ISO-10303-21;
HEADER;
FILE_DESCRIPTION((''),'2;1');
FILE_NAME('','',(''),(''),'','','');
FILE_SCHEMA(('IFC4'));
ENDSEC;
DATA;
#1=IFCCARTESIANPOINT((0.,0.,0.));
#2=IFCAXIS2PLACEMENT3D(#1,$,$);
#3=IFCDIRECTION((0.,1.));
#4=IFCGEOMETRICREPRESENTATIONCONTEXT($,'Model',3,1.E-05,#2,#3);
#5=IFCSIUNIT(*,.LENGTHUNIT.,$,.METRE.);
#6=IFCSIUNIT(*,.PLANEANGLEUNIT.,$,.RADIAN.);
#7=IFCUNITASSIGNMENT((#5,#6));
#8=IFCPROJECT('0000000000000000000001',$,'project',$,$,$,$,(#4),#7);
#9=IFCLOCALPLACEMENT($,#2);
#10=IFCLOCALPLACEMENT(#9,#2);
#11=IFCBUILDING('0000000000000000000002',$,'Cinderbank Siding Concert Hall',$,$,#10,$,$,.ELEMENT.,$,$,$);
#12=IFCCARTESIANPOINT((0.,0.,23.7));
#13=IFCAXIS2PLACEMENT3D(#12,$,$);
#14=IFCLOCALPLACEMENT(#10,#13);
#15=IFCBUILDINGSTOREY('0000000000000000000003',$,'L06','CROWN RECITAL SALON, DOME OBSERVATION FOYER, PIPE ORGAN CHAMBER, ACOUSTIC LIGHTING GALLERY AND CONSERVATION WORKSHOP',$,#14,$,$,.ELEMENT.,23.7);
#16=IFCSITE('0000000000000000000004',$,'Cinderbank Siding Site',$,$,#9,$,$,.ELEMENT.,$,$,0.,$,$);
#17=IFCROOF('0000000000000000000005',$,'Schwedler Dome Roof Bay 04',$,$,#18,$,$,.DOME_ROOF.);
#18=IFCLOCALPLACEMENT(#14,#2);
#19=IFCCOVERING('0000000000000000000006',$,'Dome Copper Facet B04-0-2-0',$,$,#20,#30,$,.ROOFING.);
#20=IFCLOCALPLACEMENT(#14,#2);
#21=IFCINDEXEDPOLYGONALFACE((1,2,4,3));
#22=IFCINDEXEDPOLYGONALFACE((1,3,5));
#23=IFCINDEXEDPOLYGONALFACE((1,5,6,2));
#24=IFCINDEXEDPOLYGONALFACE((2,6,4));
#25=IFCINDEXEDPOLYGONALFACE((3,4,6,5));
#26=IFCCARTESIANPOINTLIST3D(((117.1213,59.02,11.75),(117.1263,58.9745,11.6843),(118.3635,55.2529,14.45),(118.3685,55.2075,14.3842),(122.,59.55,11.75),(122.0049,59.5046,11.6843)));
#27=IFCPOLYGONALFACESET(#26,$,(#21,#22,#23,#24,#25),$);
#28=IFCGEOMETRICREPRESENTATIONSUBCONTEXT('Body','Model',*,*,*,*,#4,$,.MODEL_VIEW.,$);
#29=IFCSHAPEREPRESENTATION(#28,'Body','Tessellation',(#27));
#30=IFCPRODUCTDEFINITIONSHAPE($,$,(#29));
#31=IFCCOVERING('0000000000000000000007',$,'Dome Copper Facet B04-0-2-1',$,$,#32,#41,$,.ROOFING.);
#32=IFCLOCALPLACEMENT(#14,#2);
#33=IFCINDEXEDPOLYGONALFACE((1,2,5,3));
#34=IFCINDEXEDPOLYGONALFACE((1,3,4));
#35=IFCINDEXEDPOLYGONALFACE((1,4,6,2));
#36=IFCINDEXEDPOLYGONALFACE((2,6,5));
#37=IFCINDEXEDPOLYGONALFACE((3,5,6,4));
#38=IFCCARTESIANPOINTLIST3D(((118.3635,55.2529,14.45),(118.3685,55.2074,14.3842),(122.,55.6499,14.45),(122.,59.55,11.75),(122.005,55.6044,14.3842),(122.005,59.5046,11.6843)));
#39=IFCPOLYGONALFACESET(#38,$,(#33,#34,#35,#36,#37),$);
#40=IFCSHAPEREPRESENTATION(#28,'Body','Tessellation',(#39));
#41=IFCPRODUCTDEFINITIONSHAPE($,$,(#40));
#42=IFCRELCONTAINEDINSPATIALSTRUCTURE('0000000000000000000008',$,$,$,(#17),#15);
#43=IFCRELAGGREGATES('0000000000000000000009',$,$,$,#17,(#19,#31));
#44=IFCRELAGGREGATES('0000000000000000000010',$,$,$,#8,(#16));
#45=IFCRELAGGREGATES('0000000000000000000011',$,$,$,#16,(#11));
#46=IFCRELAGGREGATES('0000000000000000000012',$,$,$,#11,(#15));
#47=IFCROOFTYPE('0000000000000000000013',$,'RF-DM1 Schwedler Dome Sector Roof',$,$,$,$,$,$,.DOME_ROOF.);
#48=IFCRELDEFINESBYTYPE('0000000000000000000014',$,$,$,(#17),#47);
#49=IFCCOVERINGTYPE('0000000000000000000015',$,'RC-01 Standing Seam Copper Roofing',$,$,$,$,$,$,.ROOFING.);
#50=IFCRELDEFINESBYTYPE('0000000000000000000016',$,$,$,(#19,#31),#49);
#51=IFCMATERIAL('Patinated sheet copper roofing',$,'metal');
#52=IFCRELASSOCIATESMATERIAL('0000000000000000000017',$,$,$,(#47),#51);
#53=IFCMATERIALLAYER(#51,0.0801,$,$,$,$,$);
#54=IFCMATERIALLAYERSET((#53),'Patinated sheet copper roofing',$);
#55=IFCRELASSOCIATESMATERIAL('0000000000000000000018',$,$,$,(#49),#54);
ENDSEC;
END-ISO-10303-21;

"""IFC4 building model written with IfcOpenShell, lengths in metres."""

from ifc_helpers import new_model, si_unit, direction, frame, origin, place, context, subcontext, project, spatial, polyline, outline, extrude, material, layer, layer_set, type_object, element, aggregate, save


model = new_model("IFC4")

# Units and contexts
model_context = context("Model", 3, precision=1e-05, world=origin(), true_north=direction((0.0, 1.0)))
body_context = subcontext(model_context, "Body", "Model", "MODEL_VIEW")
ifc_project = project(units=[si_unit("LENGTHUNIT", "METRE"), si_unit("PLANEANGLEUNIT", "RADIAN")], contexts=[model_context])

# Site, building, storey
site_placement = place(None, origin())
site = spatial("IfcSite", under=ifc_project, at=site_placement, Name="Cinderbank Siding Site", CompositionType="ELEMENT", RefElevation=0.0)
building_placement = place(site_placement, origin())
building = spatial("IfcBuilding", under=site, at=building_placement, Name="Cinderbank Siding Concert Hall", CompositionType="ELEMENT")
storey_placement = place(building_placement, frame((0.0, 0.0, 23.7)))
storey = spatial("IfcBuildingStorey", under=building, at=storey_placement, Name="L06", Description="CROWN RECITAL SALON, DOME OBSERVATION FOYER, PIPE ORGAN CHAMBER, ACOUSTIC LIGHTING GALLERY AND CONSERVATION WORKSHOP", CompositionType="ELEMENT", Elevation=23.7)

# Roof, coverings
ifc_material_1 = material(Name="Patinated sheet copper roofing", Category="metal")
roof_type = type_object("IfcRoofType", Name="RF-DM1 Schwedler Dome Sector Roof", PredefinedType="DOME_ROOF", material=ifc_material_1)
roof_placement = place(storey_placement, origin())
roof = element("IfcRoof", 1, at=roof_placement, inside=storey, type_object=roof_type, Name="Schwedler Dome Roof Bay 04", PredefinedType="DOME_ROOF")
ifc_layer_1 = layer(ifc_material_1, 0.0801)
ifc_layer_set_1 = layer_set([ifc_layer_1], Name="Patinated sheet copper roofing")
covering_type = type_object("IfcCoveringType", Name="RC-01 Standing Seam Copper Roofing", PredefinedType="ROOFING", material=ifc_layer_set_1)
covering_1_placement = place(storey_placement, frame((122.0, 59.55, 11.75), z_axis=(-0.0617, 0.567917, 0.82077), x_axis=(-0.99415, -0.108007, 0.0)))
covering_1 = element("IfcCovering", 2, at=covering_1_placement, type_object=covering_type, Name="Dome Copper Facet B04-0-2-0", PredefinedType="ROOFING", context=body_context, shape_type="SweptSolid", body=[
    extrude(outline(polyline([(0.0, 0.0), (4.9074, 0.0), (4.0793, 4.7263), (0.0, 0.0)])), origin(), (0.0, 0.0, -1.0), 0.0801),
])
covering_2_placement = place(storey_placement, frame((122.0, 59.55, 11.75), z_axis=(-0.062015, 0.568093, 0.820624), x_axis=(-0.582459, -0.688276, 0.432455)))
covering_2 = element("IfcCovering", 3, at=covering_2_placement, type_object=covering_type, Name="Dome Copper Facet B04-0-2-1", PredefinedType="ROOFING", context=body_context, shape_type="SweptSolid", body=[
    extrude(outline(polyline([(0.0, 0.0), (6.2433, 0.0), (3.852, 2.7682), (0.0, 0.0)])), origin(), (0.0, 0.0, -1.0), 0.0801),
])
aggregate(roof, [covering_1, covering_2])

save(model, "model.ifc")
